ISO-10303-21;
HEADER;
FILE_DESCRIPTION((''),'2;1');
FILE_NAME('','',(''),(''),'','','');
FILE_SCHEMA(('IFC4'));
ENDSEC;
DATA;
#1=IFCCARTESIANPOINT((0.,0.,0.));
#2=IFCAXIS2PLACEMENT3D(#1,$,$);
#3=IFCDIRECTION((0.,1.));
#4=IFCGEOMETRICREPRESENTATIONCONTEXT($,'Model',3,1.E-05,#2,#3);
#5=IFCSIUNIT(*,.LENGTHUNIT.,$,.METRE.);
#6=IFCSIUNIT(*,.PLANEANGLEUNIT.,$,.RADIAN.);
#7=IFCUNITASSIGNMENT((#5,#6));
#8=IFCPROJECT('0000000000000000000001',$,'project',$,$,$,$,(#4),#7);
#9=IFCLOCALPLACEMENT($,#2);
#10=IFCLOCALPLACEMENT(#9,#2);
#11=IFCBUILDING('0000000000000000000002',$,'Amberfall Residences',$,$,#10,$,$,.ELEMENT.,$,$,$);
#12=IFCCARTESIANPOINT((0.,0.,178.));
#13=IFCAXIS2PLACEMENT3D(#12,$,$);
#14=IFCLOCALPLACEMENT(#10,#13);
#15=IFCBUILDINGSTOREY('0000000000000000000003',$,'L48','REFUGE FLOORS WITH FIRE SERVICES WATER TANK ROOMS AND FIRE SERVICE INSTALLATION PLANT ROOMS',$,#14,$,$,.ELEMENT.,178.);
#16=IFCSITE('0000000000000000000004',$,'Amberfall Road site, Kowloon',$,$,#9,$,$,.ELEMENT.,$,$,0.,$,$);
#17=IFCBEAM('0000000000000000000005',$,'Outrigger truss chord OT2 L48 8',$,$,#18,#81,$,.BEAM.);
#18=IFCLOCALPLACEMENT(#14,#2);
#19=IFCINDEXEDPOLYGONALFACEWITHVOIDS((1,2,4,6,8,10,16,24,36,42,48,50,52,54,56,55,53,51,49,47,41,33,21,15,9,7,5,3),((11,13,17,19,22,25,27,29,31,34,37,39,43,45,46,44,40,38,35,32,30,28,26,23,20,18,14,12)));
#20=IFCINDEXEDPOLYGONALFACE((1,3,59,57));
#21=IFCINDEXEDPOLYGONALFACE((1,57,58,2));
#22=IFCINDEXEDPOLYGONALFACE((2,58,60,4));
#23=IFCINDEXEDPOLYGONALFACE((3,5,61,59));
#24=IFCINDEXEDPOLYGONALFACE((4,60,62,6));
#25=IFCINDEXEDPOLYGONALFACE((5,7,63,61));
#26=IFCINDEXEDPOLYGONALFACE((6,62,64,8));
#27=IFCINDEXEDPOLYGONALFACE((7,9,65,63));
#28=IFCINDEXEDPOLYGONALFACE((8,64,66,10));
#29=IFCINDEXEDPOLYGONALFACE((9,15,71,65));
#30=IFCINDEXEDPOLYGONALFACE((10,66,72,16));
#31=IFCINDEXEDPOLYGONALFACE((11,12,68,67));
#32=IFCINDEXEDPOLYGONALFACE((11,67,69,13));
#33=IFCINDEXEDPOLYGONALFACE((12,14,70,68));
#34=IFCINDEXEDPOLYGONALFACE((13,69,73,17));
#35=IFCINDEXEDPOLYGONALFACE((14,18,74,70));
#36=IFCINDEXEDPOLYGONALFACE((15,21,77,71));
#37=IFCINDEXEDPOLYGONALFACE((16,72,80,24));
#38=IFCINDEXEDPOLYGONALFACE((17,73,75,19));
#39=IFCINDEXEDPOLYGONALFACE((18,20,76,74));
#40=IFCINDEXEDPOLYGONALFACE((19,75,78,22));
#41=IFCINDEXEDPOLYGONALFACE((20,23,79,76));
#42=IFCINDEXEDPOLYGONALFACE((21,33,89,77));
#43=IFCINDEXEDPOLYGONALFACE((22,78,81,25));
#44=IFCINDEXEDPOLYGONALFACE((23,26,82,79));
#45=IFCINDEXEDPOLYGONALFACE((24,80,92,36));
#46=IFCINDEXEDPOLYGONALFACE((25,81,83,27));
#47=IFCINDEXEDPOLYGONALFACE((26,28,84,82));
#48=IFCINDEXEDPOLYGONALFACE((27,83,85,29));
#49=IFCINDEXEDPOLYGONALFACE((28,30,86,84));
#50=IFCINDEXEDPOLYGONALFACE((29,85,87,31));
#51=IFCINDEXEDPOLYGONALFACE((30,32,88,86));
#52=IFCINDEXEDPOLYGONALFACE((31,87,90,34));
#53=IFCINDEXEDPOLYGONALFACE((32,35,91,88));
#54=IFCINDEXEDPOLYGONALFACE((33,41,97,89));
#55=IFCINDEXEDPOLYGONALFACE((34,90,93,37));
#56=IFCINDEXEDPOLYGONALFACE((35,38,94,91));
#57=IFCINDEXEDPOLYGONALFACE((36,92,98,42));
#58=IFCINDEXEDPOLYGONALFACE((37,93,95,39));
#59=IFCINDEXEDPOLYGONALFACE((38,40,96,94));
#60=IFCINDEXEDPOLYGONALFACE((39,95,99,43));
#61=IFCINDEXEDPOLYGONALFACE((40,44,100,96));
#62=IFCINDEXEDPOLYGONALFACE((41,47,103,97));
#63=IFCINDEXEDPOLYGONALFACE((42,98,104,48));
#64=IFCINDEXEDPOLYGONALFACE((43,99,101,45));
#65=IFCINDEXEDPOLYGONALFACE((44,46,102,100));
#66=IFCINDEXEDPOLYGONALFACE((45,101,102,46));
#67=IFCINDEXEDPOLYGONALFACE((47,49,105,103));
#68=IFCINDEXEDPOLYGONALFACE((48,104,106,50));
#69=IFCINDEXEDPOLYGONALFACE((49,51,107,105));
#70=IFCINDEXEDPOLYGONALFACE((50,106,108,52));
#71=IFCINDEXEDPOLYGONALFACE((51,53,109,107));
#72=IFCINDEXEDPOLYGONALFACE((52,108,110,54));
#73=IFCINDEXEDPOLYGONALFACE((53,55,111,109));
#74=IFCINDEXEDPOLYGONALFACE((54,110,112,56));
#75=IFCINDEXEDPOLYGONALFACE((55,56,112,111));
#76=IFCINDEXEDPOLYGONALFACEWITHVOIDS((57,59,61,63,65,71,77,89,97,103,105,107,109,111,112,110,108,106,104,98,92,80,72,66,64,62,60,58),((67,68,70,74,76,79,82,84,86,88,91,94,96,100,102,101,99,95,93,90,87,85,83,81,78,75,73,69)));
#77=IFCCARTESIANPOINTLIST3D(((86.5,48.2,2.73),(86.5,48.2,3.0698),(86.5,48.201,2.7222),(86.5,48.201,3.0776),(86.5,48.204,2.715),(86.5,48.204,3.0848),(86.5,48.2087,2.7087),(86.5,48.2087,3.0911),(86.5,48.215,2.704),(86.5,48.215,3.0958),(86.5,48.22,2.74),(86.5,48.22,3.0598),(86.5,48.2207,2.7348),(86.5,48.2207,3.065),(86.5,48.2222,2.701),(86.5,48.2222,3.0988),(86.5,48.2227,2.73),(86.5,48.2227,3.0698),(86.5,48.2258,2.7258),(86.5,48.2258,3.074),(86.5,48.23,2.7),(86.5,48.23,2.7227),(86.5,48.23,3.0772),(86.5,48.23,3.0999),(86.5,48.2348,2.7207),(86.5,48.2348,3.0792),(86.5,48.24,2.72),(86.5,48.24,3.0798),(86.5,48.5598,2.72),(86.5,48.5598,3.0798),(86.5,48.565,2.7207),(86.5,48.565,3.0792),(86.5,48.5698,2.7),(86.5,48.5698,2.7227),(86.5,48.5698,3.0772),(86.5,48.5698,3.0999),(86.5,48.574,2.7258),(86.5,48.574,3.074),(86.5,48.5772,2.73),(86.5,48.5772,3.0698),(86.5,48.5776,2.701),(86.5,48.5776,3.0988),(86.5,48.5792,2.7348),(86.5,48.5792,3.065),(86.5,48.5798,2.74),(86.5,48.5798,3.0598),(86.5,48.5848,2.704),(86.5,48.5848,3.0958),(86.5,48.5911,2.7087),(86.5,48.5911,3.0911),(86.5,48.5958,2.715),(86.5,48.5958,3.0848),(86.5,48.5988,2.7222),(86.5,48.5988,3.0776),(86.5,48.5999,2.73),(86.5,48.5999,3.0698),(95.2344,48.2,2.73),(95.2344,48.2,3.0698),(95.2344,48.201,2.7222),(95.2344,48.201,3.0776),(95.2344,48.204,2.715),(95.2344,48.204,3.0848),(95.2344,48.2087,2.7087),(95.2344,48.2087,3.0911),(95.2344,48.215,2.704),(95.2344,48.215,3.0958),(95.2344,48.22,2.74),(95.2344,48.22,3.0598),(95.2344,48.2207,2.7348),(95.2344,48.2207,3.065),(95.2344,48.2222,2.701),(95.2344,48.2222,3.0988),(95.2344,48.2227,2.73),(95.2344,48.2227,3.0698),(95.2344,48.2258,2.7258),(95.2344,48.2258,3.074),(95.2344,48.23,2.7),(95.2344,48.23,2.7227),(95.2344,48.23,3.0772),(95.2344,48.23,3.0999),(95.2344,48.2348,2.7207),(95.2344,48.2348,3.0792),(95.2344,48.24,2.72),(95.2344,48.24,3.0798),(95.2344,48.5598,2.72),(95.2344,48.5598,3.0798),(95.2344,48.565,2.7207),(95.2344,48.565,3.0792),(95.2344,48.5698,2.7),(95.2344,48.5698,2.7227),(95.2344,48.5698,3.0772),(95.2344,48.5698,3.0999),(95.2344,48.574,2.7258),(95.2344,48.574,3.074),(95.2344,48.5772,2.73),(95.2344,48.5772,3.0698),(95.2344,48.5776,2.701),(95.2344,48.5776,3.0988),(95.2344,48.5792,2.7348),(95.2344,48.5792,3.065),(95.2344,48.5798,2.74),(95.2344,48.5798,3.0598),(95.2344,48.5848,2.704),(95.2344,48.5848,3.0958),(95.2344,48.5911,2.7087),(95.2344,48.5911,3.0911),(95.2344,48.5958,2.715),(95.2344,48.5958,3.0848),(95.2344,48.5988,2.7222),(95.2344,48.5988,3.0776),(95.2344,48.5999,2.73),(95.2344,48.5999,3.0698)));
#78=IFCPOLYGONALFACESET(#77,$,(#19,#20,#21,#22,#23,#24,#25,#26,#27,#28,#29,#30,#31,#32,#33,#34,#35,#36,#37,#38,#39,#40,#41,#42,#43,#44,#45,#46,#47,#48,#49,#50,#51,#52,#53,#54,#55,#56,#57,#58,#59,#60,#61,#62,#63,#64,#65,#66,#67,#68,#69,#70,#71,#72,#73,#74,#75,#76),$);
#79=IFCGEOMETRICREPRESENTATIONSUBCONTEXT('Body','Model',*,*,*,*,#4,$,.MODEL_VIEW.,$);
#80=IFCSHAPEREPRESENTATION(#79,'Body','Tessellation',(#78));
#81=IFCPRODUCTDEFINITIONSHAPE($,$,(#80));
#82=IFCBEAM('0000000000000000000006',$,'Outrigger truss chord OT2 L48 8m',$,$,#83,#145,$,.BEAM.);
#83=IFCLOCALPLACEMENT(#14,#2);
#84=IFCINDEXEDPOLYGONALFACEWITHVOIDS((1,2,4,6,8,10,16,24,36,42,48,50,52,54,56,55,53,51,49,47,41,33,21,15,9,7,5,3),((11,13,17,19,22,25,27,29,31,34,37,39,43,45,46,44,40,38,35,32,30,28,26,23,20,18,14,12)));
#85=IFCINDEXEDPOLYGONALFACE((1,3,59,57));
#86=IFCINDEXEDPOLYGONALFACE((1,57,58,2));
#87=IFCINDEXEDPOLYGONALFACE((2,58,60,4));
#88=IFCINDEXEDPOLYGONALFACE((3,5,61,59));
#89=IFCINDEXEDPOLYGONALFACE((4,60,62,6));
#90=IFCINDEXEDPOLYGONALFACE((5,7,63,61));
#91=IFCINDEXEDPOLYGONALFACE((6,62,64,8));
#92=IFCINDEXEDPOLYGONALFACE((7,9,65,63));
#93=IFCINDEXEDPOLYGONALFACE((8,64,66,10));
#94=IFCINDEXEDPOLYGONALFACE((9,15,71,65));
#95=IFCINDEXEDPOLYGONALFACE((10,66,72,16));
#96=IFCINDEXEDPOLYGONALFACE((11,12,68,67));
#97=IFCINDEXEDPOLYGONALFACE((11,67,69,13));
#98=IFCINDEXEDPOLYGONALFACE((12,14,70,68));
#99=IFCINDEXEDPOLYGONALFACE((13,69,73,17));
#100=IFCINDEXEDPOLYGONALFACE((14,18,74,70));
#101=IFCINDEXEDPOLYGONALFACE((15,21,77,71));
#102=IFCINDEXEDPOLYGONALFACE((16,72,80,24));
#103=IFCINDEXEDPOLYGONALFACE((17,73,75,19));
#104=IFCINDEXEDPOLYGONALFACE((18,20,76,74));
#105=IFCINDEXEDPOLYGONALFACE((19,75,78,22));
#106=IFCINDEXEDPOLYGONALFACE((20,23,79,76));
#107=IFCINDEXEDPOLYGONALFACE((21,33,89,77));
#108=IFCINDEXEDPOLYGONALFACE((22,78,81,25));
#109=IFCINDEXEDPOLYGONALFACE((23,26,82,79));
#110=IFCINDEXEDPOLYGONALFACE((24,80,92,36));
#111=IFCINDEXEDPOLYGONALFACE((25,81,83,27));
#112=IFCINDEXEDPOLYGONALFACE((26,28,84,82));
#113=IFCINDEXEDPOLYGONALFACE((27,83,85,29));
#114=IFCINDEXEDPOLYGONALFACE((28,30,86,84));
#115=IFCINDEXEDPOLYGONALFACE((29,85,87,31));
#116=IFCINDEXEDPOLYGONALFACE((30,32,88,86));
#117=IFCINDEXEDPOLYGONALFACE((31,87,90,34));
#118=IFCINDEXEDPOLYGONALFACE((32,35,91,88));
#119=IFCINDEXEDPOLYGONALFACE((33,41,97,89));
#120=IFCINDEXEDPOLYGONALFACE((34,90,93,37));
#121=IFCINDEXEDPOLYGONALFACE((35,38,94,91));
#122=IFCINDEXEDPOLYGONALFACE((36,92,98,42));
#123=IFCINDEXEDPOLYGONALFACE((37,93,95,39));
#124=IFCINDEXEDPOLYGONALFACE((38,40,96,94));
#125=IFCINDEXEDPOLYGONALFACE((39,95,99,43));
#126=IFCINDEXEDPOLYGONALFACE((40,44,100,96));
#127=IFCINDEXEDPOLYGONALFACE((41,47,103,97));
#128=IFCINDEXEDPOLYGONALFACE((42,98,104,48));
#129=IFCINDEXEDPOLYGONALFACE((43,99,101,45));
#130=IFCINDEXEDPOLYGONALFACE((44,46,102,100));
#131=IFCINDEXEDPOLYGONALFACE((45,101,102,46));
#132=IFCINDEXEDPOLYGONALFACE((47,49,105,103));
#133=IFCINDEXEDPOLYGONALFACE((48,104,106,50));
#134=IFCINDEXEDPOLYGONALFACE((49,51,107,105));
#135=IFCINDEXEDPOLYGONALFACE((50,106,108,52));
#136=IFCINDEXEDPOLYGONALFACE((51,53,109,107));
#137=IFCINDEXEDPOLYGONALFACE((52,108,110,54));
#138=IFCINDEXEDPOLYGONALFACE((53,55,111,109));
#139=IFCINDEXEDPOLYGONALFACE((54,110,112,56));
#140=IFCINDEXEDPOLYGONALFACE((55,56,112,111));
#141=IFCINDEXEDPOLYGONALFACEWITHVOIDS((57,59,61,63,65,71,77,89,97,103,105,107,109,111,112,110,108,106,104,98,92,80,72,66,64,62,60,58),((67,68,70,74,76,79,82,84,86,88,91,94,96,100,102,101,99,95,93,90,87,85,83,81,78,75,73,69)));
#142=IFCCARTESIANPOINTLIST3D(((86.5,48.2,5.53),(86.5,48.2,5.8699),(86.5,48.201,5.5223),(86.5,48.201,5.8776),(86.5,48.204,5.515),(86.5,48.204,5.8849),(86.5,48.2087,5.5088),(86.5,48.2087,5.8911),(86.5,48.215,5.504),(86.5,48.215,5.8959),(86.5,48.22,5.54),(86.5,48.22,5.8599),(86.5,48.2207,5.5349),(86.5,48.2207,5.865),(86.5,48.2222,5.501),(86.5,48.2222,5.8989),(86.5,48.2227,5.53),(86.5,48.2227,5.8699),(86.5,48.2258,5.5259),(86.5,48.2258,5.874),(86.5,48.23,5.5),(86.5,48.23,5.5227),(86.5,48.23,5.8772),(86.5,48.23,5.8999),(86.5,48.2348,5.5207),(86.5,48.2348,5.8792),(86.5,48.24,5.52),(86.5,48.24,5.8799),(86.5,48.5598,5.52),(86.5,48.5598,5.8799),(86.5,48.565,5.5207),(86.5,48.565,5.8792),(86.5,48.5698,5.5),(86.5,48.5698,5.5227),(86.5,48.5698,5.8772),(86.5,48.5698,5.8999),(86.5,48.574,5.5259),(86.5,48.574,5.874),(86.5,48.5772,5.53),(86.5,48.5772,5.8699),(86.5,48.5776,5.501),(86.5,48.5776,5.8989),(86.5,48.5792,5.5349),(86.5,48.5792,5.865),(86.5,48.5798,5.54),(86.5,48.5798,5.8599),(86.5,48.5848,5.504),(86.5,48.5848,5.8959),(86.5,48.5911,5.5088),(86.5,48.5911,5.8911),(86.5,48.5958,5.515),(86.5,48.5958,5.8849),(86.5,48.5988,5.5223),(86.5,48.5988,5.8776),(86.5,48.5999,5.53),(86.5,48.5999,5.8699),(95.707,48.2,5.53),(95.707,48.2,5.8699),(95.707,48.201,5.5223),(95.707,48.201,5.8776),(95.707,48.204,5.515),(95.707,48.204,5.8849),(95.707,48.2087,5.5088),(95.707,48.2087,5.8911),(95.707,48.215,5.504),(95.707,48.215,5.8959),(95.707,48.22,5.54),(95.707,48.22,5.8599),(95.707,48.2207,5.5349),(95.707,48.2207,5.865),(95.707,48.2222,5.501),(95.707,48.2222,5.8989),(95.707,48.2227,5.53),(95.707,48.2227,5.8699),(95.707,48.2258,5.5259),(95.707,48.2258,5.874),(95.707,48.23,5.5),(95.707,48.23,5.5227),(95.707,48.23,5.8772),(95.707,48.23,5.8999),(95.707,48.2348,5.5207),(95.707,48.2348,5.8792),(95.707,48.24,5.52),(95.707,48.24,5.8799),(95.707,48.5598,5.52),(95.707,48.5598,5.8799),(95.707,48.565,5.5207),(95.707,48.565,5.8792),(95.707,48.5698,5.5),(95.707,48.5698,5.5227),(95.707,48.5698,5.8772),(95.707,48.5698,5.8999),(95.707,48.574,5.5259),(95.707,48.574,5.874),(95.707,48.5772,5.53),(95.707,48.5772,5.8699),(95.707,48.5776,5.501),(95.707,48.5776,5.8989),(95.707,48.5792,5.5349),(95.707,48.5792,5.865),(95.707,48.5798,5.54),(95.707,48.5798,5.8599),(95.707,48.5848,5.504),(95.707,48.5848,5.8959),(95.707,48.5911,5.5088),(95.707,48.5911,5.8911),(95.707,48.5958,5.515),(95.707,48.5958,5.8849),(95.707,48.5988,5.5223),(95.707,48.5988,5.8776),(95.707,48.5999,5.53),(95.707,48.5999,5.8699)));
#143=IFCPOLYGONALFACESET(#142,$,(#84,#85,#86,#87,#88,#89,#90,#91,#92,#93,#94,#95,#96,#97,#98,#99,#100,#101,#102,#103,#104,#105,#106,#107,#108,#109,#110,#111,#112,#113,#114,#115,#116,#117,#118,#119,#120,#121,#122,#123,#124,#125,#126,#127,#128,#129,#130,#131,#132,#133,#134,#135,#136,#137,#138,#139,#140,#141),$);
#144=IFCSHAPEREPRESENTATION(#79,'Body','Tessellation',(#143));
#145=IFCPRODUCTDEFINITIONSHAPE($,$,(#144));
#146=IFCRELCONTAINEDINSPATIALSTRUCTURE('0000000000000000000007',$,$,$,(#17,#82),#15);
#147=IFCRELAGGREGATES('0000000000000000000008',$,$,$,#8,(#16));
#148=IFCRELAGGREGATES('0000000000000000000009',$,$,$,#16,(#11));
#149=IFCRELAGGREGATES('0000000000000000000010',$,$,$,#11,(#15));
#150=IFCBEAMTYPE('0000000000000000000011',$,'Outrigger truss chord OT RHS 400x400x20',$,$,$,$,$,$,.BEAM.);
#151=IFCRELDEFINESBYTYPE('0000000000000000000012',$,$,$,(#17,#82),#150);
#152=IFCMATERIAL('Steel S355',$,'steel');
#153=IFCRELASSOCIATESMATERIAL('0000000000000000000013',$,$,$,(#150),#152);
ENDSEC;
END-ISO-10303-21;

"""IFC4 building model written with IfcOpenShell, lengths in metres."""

from ifc_helpers import new_model, si_unit, direction, frame, origin, origin_2d, place, context, subcontext, project, spatial, hollow_rectangle, extrude, material, material_profile, profile_set, type_object, element, save


model = new_model("IFC4")

# Units and contexts
model_context = context("Model", 3, precision=1e-05, world=origin(), true_north=direction((0.0, 1.0)))
body_context = subcontext(model_context, "Body", "Model", "MODEL_VIEW")
ifc_project = project(units=[si_unit("LENGTHUNIT", "METRE"), si_unit("PLANEANGLEUNIT", "RADIAN")], contexts=[model_context])

# Site, building, storey
site_placement = place(None, origin())
site = spatial("IfcSite", under=ifc_project, at=site_placement, Name="Amberfall Road site, Kowloon", CompositionType="ELEMENT", RefElevation=0.0)
building_placement = place(site_placement, origin())
building = spatial("IfcBuilding", under=site, at=building_placement, Name="Amberfall Residences", CompositionType="ELEMENT")
storey_placement = place(building_placement, frame((0.0, 0.0, 178.0)))
storey = spatial("IfcBuildingStorey", under=building, at=storey_placement, Name="L48", Description="REFUGE FLOORS WITH FIRE SERVICES WATER TANK ROOMS AND FIRE SERVICE INSTALLATION PLANT ROOMS", CompositionType="ELEMENT", Elevation=178.0)

# Shared definitions
ifc_material_1 = material(Name="Steel S355", Category="steel")

# Beams
ifc_material_profile_1 = material_profile(ifc_material_1, hollow_rectangle(XDim=0.3999, YDim=0.3999, WallThickness=0.02, InnerFilletRadius=0.02, OuterFilletRadius=0.03, at=origin_2d()), Name="RHS 400x400x20")
ifc_profile_set_1 = profile_set([ifc_material_profile_1], Name="Steel S355")
beam_type_1 = type_object("IfcBeamType", Name="Outrigger truss chord OT RHS 400x400x20", PredefinedType="BEAM", material=ifc_profile_set_1)
beam_1_placement = place(storey_placement, frame((95.2344, 48.3999, 2.8999), z_axis=(-1.0, 0.0, 0.0), x_axis=(0.0, -1.0, 0.0)))
element("IfcBeam", 1, at=beam_1_placement, inside=storey, type_object=beam_type_1, Name="Outrigger truss chord OT2 L48 8", PredefinedType="BEAM", context=body_context, shape_type="SweptSolid", body=[
    extrude(hollow_rectangle(XDim=0.3999, YDim=0.3999, WallThickness=0.02, InnerFilletRadius=0.02, OuterFilletRadius=0.03, at=origin_2d()), origin(), (0.0, 0.0, 1.0), 8.7344),
])
beam_2_placement = place(storey_placement, frame((95.707, 48.3999, 5.7), z_axis=(-1.0, 0.0, 0.0), x_axis=(0.0, -1.0, 0.0)))
element("IfcBeam", 2, at=beam_2_placement, inside=storey, type_object=beam_type_1, Name="Outrigger truss chord OT2 L48 8m", PredefinedType="BEAM", context=body_context, shape_type="SweptSolid", body=[
    extrude(hollow_rectangle(XDim=0.3999, YDim=0.3999, WallThickness=0.02, InnerFilletRadius=0.02, OuterFilletRadius=0.03, at=origin_2d()), origin(), (0.0, 0.0, 1.0), 9.207),
])

save(model, "model.ifc")
